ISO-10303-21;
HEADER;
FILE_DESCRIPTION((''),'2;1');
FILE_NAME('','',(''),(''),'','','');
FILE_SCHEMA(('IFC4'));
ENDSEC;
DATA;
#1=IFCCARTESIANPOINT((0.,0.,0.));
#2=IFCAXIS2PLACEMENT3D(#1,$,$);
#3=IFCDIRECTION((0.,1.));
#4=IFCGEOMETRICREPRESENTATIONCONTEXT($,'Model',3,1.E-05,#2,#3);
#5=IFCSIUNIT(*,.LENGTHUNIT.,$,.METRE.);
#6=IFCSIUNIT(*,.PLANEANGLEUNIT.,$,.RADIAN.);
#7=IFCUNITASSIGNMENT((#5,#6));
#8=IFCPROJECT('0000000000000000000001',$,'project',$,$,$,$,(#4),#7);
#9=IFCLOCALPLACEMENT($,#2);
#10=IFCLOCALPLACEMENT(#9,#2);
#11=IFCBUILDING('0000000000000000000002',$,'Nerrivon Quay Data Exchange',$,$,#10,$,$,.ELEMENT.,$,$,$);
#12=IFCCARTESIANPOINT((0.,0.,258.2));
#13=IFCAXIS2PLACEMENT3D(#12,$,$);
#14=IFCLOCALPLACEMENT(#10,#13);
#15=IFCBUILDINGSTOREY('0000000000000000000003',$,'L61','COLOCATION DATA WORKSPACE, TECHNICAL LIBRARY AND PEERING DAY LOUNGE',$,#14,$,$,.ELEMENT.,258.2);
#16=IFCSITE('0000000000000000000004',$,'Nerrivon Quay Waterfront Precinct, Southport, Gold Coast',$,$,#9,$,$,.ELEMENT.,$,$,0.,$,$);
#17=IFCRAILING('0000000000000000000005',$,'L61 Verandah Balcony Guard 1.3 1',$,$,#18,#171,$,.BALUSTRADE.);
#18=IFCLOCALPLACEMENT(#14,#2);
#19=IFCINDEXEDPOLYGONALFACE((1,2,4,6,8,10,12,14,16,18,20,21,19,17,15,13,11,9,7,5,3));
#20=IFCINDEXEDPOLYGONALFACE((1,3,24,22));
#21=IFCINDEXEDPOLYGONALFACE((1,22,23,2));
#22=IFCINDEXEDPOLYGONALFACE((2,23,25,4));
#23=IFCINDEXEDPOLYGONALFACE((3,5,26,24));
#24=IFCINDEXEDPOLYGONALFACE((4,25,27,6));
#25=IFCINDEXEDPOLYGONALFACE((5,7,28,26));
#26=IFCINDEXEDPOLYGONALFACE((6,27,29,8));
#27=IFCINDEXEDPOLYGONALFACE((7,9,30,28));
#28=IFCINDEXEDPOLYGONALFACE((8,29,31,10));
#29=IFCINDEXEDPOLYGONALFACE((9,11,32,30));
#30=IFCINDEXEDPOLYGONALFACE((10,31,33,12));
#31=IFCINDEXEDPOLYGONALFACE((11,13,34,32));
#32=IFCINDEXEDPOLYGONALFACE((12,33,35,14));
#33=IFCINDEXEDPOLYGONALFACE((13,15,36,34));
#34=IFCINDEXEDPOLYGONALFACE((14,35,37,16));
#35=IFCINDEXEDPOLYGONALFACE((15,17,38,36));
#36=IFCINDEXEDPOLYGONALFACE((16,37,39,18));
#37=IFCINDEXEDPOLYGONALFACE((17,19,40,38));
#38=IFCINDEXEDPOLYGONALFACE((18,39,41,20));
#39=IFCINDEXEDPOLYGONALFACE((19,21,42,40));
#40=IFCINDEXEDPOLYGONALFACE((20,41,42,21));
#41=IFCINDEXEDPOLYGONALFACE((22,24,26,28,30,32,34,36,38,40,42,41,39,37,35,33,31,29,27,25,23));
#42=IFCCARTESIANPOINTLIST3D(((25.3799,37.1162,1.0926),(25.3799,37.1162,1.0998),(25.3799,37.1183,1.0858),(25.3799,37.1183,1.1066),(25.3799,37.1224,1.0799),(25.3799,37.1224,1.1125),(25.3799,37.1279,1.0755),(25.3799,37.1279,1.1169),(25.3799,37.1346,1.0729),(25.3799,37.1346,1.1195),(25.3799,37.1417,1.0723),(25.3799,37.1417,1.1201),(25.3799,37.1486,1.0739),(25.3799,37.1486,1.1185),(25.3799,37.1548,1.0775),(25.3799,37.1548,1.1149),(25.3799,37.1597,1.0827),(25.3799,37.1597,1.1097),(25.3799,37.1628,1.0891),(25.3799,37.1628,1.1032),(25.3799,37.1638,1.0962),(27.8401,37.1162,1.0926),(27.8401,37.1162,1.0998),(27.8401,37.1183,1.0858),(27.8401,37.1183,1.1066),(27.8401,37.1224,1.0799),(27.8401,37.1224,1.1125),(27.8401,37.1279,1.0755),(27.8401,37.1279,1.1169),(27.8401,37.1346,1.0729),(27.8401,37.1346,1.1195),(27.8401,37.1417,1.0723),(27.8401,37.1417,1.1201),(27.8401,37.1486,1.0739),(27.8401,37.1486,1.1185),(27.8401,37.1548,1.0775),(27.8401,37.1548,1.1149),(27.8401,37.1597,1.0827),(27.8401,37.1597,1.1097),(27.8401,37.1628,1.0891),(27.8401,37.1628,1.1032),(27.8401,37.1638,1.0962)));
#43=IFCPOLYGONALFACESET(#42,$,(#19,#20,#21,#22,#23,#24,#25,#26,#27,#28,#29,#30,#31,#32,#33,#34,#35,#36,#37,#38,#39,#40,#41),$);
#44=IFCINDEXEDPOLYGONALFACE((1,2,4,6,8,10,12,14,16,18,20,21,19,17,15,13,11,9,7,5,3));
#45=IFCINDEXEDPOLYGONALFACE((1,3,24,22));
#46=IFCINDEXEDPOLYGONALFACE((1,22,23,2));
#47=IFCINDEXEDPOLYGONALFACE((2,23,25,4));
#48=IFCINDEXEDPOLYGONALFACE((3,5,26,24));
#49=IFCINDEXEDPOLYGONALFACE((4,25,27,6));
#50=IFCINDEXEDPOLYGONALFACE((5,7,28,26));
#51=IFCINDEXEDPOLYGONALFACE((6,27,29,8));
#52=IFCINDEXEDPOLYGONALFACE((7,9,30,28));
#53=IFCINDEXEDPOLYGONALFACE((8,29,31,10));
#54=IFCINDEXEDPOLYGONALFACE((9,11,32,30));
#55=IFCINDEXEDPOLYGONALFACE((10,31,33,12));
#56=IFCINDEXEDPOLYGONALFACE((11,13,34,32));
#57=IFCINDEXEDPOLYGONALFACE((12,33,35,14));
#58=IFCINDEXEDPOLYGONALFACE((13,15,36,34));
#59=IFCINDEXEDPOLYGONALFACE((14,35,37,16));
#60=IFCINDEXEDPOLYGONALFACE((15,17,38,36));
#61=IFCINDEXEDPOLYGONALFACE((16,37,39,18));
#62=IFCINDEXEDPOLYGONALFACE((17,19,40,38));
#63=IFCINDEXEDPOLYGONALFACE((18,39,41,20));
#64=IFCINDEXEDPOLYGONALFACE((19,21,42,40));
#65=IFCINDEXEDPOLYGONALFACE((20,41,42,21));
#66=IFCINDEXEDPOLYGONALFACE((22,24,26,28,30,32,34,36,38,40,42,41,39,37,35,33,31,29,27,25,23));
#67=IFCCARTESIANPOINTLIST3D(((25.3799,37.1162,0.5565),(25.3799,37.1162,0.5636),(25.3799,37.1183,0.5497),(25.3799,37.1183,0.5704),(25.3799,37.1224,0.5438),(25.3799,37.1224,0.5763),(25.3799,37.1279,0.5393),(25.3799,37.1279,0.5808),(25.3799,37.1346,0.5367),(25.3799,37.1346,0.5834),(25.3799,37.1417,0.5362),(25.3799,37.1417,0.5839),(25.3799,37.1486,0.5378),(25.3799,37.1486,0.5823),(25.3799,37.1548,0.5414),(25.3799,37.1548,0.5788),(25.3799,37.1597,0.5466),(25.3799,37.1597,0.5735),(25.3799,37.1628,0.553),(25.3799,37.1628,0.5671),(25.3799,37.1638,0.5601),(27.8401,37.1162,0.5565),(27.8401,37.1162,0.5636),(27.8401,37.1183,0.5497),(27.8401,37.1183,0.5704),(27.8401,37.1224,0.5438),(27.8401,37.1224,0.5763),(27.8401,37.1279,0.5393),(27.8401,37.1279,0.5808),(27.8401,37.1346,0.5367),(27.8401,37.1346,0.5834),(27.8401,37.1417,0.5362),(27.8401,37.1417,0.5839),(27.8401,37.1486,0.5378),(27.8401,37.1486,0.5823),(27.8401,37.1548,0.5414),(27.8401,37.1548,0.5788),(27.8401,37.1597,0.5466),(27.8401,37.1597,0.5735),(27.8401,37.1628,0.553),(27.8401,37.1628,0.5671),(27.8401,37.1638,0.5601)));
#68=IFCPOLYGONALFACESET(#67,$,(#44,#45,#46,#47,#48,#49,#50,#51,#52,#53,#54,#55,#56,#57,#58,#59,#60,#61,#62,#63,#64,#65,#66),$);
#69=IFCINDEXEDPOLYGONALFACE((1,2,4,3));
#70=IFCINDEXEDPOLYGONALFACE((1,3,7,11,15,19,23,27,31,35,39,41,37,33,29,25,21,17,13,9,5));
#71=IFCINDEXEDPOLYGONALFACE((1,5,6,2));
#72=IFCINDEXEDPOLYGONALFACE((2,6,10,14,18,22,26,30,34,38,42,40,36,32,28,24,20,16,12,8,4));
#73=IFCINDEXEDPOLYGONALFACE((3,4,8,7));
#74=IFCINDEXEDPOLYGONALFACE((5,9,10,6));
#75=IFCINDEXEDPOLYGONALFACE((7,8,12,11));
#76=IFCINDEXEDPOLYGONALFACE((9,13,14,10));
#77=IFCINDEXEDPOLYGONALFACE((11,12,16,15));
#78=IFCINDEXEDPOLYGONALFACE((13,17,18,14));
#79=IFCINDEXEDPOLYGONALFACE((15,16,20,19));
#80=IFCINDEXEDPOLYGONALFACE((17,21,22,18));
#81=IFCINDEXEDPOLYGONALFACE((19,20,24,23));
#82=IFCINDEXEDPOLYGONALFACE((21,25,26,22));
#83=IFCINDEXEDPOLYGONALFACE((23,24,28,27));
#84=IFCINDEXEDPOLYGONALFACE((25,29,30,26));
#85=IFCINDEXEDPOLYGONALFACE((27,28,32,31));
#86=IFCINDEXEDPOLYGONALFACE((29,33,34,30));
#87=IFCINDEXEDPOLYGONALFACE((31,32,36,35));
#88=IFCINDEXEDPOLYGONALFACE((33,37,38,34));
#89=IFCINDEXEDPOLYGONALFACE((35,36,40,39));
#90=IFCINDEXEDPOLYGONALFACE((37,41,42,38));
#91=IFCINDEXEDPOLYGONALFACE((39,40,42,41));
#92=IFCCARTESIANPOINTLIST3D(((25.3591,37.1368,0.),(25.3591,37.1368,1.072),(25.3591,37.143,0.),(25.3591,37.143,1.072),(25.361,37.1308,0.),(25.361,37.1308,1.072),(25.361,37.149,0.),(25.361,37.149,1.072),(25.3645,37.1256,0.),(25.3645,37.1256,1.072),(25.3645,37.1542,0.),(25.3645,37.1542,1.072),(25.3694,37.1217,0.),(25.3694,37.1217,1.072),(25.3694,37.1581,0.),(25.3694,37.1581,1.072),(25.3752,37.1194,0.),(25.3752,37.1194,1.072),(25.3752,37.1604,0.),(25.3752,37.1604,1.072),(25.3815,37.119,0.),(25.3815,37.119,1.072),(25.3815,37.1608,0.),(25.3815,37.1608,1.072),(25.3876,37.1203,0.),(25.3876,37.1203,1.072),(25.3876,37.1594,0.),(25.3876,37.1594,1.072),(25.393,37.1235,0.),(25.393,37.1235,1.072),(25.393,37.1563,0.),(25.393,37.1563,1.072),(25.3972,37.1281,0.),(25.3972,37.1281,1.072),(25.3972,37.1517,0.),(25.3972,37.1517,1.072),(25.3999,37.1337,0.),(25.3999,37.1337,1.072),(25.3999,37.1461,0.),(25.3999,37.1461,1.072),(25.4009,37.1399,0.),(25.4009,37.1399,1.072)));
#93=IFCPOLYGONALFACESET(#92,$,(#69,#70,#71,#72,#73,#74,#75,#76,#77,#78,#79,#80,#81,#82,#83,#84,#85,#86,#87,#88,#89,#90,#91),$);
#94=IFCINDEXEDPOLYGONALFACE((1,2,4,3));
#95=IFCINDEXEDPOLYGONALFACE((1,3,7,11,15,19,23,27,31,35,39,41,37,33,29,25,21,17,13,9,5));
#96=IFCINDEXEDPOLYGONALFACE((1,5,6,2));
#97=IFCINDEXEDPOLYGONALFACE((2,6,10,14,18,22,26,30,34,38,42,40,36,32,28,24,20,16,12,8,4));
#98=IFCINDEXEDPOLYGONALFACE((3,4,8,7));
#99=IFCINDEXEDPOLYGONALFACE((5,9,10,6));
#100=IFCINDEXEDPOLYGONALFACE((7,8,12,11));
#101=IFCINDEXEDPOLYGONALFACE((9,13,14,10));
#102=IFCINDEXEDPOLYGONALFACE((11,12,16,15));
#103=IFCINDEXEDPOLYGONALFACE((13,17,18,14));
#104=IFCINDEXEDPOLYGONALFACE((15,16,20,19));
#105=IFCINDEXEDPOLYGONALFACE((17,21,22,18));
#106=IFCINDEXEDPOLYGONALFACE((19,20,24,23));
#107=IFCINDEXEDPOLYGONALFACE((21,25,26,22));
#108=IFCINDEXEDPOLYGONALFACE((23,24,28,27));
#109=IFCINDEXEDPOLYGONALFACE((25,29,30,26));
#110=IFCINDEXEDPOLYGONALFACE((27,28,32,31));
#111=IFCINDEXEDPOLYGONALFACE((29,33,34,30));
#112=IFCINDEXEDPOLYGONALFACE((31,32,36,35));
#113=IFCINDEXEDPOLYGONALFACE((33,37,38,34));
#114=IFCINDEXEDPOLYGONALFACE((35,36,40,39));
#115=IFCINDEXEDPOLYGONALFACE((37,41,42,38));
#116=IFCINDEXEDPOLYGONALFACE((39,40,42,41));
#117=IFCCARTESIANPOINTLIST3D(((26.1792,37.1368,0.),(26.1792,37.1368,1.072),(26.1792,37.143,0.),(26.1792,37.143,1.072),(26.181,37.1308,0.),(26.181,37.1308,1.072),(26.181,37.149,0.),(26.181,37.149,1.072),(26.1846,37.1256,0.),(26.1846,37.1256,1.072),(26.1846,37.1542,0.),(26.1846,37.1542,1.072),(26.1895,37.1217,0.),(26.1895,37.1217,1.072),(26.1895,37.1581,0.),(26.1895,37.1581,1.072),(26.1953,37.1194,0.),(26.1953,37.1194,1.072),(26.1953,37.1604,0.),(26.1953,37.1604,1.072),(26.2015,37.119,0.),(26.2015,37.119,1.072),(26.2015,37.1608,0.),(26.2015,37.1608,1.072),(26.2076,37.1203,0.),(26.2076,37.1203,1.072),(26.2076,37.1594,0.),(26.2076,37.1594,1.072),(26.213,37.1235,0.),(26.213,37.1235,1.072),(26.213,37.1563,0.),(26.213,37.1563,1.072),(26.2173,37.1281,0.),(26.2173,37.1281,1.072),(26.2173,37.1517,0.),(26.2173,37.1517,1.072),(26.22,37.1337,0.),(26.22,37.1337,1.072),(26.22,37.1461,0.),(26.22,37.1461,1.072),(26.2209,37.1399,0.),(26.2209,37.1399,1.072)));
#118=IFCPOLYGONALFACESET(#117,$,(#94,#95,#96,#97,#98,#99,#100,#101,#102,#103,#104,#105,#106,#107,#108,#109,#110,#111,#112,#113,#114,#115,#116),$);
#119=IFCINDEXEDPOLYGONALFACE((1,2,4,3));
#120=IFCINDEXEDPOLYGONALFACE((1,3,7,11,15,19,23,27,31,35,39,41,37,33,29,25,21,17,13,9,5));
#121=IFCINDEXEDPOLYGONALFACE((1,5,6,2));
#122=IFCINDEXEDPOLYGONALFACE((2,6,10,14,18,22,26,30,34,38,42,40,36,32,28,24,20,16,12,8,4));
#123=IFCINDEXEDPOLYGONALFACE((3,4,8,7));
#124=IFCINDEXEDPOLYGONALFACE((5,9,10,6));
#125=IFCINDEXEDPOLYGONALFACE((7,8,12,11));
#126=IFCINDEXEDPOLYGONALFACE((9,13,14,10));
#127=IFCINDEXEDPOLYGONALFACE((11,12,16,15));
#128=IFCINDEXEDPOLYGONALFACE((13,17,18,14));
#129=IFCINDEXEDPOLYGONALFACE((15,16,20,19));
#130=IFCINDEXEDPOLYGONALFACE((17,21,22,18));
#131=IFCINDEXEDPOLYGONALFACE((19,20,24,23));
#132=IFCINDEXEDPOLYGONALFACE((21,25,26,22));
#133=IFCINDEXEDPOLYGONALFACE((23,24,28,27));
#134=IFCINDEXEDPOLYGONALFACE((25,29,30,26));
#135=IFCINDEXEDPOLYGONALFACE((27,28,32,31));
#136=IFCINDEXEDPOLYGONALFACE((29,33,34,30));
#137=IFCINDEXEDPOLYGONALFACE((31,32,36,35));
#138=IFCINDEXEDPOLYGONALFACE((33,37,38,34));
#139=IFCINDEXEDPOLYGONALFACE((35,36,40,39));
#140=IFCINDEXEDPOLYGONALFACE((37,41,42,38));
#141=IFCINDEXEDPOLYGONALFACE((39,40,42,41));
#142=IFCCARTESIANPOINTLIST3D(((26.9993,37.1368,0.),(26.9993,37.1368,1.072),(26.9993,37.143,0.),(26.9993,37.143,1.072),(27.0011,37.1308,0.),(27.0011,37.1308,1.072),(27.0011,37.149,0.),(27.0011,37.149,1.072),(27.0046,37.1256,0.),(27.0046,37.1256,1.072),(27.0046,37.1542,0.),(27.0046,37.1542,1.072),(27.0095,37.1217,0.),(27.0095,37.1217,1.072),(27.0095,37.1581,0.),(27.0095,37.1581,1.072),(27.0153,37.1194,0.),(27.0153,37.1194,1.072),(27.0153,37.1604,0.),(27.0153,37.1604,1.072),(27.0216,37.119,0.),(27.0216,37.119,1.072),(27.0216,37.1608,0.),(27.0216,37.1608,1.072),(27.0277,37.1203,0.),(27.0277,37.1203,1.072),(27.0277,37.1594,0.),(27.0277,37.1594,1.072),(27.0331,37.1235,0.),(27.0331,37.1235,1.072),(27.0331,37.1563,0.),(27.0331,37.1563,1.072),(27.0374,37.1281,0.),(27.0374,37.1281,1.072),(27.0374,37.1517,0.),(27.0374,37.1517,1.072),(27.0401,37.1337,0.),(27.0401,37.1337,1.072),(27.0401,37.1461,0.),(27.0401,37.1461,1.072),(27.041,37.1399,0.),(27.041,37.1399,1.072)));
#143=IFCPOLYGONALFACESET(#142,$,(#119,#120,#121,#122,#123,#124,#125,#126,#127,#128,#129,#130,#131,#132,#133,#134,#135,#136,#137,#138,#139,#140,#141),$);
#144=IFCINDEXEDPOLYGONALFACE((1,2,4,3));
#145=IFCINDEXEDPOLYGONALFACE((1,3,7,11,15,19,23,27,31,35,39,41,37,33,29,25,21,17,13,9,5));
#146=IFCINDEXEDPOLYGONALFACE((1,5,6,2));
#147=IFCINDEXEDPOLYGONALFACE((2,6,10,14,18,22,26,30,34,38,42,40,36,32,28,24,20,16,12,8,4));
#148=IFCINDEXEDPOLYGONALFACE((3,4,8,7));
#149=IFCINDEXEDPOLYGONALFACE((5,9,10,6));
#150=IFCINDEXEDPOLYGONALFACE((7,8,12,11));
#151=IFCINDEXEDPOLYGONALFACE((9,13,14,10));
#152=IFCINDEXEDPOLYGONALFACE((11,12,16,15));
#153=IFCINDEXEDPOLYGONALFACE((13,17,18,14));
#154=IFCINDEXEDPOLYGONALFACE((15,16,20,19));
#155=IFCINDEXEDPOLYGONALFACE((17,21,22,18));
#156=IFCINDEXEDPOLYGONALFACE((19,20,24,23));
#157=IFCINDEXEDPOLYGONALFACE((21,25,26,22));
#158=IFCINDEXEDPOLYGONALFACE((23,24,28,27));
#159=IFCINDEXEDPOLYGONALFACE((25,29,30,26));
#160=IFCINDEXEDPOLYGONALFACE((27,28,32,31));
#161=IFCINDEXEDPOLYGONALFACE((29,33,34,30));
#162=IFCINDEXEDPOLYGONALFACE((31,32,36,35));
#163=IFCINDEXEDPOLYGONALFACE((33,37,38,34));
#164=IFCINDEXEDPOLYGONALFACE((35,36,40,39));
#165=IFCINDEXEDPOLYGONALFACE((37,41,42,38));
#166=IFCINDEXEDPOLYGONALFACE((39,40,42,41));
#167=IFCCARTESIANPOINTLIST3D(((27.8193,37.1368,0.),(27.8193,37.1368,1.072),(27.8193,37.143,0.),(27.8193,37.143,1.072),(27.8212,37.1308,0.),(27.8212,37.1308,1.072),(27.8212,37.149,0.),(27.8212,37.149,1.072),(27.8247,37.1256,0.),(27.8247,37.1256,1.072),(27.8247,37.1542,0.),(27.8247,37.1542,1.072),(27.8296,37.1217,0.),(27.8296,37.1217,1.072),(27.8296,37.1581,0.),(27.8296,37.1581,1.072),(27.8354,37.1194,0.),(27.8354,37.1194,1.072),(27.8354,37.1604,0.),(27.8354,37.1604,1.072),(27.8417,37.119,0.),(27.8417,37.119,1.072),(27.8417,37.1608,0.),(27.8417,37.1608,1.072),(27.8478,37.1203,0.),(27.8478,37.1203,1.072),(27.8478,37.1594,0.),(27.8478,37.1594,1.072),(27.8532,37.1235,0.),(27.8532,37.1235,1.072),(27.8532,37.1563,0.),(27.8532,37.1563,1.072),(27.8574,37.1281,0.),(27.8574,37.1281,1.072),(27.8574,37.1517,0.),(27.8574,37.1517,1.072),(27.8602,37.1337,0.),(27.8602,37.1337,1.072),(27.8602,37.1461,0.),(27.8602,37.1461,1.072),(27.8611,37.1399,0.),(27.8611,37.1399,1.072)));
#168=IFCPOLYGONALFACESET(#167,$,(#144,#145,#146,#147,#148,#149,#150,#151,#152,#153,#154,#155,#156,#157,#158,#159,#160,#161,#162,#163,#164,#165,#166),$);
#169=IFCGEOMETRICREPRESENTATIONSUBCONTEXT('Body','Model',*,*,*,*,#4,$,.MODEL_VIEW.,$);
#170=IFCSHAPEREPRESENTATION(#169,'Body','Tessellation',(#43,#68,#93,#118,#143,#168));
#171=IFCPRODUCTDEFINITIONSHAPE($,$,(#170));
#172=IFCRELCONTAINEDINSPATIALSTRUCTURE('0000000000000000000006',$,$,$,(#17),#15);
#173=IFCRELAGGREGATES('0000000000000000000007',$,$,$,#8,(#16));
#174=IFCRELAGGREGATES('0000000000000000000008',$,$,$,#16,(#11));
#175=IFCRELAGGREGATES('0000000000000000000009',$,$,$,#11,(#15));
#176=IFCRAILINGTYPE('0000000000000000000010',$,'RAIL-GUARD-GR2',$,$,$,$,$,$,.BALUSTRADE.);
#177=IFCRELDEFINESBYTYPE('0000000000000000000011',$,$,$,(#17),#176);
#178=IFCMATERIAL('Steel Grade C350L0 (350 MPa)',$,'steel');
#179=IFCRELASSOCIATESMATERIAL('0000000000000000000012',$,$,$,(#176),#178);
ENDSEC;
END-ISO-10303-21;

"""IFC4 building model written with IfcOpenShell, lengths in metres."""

from ifc_helpers import new_model, si_unit, direction, frame, origin, origin_2d, place, context, subcontext, project, spatial, circle, extrude, material, type_object, element, save


model = new_model("IFC4")

# Units and contexts
model_context = context("Model", 3, precision=1e-05, world=origin(), true_north=direction((0.0, 1.0)))
body_context = subcontext(model_context, "Body", "Model", "MODEL_VIEW")
ifc_project = project(units=[si_unit("LENGTHUNIT", "METRE"), si_unit("PLANEANGLEUNIT", "RADIAN")], contexts=[model_context])

# Site, building, storey
site_placement = place(None, origin())
site = spatial("IfcSite", under=ifc_project, at=site_placement, Name="Nerrivon Quay Waterfront Precinct, Southport, Gold Coast", CompositionType="ELEMENT", RefElevation=0.0)
building_placement = place(site_placement, origin())
building = spatial("IfcBuilding", under=site, at=building_placement, Name="Nerrivon Quay Data Exchange", CompositionType="ELEMENT")
storey_placement = place(building_placement, frame((0.0, 0.0, 258.2)))
storey = spatial("IfcBuildingStorey", under=building, at=storey_placement, Name="L61", Description="COLOCATION DATA WORKSPACE, TECHNICAL LIBRARY AND PEERING DAY LOUNGE", CompositionType="ELEMENT", Elevation=258.2)

# Shared definitions
ifc_material_1 = material(Name="Steel Grade C350L0 (350 MPa)", Category="steel")

# Railing
railing_type = type_object("IfcRailingType", Name="RAIL-GUARD-GR2", PredefinedType="BALUSTRADE", material=ifc_material_1)
railing_1_placement = place(storey_placement, frame((25.3799, 37.1399, 0.0)))
element("IfcRailing", 1, at=railing_1_placement, inside=storey, type_object=railing_type, Name="L61 Verandah Balcony Guard 1.3 1", PredefinedType="BALUSTRADE", context=body_context, shape_type="SweptSolid", body=[
    extrude(circle(Radius=0.0239, at=origin_2d()), frame((0.0, 0.0, 1.0962), z_axis=(1.0, 0.0, 0.0), x_axis=(0.0, 1.0, 0.0)), (0.0, 0.0, 1.0), 2.4602),
    extrude(circle(Radius=0.0239, at=origin_2d()), frame((0.0, 0.0, 0.5601), z_axis=(1.0, 0.0, 0.0), x_axis=(0.0, 1.0, 0.0)), (0.0, 0.0, 1.0), 2.4602),
    extrude(circle(Radius=0.021, at=origin_2d()), origin(), (0.0, 0.0, 1.0), 1.072),
    extrude(circle(Radius=0.021, at=origin_2d()), frame((0.8201, 0.0, 0.0)), (0.0, 0.0, 1.0), 1.072),
    extrude(circle(Radius=0.021, at=origin_2d()), frame((1.6401, 0.0, 0.0)), (0.0, 0.0, 1.0), 1.072),
    extrude(circle(Radius=0.021, at=origin_2d()), frame((2.4602, 0.0, 0.0)), (0.0, 0.0, 1.0), 1.072),
])

save(model, "model.ifc")
